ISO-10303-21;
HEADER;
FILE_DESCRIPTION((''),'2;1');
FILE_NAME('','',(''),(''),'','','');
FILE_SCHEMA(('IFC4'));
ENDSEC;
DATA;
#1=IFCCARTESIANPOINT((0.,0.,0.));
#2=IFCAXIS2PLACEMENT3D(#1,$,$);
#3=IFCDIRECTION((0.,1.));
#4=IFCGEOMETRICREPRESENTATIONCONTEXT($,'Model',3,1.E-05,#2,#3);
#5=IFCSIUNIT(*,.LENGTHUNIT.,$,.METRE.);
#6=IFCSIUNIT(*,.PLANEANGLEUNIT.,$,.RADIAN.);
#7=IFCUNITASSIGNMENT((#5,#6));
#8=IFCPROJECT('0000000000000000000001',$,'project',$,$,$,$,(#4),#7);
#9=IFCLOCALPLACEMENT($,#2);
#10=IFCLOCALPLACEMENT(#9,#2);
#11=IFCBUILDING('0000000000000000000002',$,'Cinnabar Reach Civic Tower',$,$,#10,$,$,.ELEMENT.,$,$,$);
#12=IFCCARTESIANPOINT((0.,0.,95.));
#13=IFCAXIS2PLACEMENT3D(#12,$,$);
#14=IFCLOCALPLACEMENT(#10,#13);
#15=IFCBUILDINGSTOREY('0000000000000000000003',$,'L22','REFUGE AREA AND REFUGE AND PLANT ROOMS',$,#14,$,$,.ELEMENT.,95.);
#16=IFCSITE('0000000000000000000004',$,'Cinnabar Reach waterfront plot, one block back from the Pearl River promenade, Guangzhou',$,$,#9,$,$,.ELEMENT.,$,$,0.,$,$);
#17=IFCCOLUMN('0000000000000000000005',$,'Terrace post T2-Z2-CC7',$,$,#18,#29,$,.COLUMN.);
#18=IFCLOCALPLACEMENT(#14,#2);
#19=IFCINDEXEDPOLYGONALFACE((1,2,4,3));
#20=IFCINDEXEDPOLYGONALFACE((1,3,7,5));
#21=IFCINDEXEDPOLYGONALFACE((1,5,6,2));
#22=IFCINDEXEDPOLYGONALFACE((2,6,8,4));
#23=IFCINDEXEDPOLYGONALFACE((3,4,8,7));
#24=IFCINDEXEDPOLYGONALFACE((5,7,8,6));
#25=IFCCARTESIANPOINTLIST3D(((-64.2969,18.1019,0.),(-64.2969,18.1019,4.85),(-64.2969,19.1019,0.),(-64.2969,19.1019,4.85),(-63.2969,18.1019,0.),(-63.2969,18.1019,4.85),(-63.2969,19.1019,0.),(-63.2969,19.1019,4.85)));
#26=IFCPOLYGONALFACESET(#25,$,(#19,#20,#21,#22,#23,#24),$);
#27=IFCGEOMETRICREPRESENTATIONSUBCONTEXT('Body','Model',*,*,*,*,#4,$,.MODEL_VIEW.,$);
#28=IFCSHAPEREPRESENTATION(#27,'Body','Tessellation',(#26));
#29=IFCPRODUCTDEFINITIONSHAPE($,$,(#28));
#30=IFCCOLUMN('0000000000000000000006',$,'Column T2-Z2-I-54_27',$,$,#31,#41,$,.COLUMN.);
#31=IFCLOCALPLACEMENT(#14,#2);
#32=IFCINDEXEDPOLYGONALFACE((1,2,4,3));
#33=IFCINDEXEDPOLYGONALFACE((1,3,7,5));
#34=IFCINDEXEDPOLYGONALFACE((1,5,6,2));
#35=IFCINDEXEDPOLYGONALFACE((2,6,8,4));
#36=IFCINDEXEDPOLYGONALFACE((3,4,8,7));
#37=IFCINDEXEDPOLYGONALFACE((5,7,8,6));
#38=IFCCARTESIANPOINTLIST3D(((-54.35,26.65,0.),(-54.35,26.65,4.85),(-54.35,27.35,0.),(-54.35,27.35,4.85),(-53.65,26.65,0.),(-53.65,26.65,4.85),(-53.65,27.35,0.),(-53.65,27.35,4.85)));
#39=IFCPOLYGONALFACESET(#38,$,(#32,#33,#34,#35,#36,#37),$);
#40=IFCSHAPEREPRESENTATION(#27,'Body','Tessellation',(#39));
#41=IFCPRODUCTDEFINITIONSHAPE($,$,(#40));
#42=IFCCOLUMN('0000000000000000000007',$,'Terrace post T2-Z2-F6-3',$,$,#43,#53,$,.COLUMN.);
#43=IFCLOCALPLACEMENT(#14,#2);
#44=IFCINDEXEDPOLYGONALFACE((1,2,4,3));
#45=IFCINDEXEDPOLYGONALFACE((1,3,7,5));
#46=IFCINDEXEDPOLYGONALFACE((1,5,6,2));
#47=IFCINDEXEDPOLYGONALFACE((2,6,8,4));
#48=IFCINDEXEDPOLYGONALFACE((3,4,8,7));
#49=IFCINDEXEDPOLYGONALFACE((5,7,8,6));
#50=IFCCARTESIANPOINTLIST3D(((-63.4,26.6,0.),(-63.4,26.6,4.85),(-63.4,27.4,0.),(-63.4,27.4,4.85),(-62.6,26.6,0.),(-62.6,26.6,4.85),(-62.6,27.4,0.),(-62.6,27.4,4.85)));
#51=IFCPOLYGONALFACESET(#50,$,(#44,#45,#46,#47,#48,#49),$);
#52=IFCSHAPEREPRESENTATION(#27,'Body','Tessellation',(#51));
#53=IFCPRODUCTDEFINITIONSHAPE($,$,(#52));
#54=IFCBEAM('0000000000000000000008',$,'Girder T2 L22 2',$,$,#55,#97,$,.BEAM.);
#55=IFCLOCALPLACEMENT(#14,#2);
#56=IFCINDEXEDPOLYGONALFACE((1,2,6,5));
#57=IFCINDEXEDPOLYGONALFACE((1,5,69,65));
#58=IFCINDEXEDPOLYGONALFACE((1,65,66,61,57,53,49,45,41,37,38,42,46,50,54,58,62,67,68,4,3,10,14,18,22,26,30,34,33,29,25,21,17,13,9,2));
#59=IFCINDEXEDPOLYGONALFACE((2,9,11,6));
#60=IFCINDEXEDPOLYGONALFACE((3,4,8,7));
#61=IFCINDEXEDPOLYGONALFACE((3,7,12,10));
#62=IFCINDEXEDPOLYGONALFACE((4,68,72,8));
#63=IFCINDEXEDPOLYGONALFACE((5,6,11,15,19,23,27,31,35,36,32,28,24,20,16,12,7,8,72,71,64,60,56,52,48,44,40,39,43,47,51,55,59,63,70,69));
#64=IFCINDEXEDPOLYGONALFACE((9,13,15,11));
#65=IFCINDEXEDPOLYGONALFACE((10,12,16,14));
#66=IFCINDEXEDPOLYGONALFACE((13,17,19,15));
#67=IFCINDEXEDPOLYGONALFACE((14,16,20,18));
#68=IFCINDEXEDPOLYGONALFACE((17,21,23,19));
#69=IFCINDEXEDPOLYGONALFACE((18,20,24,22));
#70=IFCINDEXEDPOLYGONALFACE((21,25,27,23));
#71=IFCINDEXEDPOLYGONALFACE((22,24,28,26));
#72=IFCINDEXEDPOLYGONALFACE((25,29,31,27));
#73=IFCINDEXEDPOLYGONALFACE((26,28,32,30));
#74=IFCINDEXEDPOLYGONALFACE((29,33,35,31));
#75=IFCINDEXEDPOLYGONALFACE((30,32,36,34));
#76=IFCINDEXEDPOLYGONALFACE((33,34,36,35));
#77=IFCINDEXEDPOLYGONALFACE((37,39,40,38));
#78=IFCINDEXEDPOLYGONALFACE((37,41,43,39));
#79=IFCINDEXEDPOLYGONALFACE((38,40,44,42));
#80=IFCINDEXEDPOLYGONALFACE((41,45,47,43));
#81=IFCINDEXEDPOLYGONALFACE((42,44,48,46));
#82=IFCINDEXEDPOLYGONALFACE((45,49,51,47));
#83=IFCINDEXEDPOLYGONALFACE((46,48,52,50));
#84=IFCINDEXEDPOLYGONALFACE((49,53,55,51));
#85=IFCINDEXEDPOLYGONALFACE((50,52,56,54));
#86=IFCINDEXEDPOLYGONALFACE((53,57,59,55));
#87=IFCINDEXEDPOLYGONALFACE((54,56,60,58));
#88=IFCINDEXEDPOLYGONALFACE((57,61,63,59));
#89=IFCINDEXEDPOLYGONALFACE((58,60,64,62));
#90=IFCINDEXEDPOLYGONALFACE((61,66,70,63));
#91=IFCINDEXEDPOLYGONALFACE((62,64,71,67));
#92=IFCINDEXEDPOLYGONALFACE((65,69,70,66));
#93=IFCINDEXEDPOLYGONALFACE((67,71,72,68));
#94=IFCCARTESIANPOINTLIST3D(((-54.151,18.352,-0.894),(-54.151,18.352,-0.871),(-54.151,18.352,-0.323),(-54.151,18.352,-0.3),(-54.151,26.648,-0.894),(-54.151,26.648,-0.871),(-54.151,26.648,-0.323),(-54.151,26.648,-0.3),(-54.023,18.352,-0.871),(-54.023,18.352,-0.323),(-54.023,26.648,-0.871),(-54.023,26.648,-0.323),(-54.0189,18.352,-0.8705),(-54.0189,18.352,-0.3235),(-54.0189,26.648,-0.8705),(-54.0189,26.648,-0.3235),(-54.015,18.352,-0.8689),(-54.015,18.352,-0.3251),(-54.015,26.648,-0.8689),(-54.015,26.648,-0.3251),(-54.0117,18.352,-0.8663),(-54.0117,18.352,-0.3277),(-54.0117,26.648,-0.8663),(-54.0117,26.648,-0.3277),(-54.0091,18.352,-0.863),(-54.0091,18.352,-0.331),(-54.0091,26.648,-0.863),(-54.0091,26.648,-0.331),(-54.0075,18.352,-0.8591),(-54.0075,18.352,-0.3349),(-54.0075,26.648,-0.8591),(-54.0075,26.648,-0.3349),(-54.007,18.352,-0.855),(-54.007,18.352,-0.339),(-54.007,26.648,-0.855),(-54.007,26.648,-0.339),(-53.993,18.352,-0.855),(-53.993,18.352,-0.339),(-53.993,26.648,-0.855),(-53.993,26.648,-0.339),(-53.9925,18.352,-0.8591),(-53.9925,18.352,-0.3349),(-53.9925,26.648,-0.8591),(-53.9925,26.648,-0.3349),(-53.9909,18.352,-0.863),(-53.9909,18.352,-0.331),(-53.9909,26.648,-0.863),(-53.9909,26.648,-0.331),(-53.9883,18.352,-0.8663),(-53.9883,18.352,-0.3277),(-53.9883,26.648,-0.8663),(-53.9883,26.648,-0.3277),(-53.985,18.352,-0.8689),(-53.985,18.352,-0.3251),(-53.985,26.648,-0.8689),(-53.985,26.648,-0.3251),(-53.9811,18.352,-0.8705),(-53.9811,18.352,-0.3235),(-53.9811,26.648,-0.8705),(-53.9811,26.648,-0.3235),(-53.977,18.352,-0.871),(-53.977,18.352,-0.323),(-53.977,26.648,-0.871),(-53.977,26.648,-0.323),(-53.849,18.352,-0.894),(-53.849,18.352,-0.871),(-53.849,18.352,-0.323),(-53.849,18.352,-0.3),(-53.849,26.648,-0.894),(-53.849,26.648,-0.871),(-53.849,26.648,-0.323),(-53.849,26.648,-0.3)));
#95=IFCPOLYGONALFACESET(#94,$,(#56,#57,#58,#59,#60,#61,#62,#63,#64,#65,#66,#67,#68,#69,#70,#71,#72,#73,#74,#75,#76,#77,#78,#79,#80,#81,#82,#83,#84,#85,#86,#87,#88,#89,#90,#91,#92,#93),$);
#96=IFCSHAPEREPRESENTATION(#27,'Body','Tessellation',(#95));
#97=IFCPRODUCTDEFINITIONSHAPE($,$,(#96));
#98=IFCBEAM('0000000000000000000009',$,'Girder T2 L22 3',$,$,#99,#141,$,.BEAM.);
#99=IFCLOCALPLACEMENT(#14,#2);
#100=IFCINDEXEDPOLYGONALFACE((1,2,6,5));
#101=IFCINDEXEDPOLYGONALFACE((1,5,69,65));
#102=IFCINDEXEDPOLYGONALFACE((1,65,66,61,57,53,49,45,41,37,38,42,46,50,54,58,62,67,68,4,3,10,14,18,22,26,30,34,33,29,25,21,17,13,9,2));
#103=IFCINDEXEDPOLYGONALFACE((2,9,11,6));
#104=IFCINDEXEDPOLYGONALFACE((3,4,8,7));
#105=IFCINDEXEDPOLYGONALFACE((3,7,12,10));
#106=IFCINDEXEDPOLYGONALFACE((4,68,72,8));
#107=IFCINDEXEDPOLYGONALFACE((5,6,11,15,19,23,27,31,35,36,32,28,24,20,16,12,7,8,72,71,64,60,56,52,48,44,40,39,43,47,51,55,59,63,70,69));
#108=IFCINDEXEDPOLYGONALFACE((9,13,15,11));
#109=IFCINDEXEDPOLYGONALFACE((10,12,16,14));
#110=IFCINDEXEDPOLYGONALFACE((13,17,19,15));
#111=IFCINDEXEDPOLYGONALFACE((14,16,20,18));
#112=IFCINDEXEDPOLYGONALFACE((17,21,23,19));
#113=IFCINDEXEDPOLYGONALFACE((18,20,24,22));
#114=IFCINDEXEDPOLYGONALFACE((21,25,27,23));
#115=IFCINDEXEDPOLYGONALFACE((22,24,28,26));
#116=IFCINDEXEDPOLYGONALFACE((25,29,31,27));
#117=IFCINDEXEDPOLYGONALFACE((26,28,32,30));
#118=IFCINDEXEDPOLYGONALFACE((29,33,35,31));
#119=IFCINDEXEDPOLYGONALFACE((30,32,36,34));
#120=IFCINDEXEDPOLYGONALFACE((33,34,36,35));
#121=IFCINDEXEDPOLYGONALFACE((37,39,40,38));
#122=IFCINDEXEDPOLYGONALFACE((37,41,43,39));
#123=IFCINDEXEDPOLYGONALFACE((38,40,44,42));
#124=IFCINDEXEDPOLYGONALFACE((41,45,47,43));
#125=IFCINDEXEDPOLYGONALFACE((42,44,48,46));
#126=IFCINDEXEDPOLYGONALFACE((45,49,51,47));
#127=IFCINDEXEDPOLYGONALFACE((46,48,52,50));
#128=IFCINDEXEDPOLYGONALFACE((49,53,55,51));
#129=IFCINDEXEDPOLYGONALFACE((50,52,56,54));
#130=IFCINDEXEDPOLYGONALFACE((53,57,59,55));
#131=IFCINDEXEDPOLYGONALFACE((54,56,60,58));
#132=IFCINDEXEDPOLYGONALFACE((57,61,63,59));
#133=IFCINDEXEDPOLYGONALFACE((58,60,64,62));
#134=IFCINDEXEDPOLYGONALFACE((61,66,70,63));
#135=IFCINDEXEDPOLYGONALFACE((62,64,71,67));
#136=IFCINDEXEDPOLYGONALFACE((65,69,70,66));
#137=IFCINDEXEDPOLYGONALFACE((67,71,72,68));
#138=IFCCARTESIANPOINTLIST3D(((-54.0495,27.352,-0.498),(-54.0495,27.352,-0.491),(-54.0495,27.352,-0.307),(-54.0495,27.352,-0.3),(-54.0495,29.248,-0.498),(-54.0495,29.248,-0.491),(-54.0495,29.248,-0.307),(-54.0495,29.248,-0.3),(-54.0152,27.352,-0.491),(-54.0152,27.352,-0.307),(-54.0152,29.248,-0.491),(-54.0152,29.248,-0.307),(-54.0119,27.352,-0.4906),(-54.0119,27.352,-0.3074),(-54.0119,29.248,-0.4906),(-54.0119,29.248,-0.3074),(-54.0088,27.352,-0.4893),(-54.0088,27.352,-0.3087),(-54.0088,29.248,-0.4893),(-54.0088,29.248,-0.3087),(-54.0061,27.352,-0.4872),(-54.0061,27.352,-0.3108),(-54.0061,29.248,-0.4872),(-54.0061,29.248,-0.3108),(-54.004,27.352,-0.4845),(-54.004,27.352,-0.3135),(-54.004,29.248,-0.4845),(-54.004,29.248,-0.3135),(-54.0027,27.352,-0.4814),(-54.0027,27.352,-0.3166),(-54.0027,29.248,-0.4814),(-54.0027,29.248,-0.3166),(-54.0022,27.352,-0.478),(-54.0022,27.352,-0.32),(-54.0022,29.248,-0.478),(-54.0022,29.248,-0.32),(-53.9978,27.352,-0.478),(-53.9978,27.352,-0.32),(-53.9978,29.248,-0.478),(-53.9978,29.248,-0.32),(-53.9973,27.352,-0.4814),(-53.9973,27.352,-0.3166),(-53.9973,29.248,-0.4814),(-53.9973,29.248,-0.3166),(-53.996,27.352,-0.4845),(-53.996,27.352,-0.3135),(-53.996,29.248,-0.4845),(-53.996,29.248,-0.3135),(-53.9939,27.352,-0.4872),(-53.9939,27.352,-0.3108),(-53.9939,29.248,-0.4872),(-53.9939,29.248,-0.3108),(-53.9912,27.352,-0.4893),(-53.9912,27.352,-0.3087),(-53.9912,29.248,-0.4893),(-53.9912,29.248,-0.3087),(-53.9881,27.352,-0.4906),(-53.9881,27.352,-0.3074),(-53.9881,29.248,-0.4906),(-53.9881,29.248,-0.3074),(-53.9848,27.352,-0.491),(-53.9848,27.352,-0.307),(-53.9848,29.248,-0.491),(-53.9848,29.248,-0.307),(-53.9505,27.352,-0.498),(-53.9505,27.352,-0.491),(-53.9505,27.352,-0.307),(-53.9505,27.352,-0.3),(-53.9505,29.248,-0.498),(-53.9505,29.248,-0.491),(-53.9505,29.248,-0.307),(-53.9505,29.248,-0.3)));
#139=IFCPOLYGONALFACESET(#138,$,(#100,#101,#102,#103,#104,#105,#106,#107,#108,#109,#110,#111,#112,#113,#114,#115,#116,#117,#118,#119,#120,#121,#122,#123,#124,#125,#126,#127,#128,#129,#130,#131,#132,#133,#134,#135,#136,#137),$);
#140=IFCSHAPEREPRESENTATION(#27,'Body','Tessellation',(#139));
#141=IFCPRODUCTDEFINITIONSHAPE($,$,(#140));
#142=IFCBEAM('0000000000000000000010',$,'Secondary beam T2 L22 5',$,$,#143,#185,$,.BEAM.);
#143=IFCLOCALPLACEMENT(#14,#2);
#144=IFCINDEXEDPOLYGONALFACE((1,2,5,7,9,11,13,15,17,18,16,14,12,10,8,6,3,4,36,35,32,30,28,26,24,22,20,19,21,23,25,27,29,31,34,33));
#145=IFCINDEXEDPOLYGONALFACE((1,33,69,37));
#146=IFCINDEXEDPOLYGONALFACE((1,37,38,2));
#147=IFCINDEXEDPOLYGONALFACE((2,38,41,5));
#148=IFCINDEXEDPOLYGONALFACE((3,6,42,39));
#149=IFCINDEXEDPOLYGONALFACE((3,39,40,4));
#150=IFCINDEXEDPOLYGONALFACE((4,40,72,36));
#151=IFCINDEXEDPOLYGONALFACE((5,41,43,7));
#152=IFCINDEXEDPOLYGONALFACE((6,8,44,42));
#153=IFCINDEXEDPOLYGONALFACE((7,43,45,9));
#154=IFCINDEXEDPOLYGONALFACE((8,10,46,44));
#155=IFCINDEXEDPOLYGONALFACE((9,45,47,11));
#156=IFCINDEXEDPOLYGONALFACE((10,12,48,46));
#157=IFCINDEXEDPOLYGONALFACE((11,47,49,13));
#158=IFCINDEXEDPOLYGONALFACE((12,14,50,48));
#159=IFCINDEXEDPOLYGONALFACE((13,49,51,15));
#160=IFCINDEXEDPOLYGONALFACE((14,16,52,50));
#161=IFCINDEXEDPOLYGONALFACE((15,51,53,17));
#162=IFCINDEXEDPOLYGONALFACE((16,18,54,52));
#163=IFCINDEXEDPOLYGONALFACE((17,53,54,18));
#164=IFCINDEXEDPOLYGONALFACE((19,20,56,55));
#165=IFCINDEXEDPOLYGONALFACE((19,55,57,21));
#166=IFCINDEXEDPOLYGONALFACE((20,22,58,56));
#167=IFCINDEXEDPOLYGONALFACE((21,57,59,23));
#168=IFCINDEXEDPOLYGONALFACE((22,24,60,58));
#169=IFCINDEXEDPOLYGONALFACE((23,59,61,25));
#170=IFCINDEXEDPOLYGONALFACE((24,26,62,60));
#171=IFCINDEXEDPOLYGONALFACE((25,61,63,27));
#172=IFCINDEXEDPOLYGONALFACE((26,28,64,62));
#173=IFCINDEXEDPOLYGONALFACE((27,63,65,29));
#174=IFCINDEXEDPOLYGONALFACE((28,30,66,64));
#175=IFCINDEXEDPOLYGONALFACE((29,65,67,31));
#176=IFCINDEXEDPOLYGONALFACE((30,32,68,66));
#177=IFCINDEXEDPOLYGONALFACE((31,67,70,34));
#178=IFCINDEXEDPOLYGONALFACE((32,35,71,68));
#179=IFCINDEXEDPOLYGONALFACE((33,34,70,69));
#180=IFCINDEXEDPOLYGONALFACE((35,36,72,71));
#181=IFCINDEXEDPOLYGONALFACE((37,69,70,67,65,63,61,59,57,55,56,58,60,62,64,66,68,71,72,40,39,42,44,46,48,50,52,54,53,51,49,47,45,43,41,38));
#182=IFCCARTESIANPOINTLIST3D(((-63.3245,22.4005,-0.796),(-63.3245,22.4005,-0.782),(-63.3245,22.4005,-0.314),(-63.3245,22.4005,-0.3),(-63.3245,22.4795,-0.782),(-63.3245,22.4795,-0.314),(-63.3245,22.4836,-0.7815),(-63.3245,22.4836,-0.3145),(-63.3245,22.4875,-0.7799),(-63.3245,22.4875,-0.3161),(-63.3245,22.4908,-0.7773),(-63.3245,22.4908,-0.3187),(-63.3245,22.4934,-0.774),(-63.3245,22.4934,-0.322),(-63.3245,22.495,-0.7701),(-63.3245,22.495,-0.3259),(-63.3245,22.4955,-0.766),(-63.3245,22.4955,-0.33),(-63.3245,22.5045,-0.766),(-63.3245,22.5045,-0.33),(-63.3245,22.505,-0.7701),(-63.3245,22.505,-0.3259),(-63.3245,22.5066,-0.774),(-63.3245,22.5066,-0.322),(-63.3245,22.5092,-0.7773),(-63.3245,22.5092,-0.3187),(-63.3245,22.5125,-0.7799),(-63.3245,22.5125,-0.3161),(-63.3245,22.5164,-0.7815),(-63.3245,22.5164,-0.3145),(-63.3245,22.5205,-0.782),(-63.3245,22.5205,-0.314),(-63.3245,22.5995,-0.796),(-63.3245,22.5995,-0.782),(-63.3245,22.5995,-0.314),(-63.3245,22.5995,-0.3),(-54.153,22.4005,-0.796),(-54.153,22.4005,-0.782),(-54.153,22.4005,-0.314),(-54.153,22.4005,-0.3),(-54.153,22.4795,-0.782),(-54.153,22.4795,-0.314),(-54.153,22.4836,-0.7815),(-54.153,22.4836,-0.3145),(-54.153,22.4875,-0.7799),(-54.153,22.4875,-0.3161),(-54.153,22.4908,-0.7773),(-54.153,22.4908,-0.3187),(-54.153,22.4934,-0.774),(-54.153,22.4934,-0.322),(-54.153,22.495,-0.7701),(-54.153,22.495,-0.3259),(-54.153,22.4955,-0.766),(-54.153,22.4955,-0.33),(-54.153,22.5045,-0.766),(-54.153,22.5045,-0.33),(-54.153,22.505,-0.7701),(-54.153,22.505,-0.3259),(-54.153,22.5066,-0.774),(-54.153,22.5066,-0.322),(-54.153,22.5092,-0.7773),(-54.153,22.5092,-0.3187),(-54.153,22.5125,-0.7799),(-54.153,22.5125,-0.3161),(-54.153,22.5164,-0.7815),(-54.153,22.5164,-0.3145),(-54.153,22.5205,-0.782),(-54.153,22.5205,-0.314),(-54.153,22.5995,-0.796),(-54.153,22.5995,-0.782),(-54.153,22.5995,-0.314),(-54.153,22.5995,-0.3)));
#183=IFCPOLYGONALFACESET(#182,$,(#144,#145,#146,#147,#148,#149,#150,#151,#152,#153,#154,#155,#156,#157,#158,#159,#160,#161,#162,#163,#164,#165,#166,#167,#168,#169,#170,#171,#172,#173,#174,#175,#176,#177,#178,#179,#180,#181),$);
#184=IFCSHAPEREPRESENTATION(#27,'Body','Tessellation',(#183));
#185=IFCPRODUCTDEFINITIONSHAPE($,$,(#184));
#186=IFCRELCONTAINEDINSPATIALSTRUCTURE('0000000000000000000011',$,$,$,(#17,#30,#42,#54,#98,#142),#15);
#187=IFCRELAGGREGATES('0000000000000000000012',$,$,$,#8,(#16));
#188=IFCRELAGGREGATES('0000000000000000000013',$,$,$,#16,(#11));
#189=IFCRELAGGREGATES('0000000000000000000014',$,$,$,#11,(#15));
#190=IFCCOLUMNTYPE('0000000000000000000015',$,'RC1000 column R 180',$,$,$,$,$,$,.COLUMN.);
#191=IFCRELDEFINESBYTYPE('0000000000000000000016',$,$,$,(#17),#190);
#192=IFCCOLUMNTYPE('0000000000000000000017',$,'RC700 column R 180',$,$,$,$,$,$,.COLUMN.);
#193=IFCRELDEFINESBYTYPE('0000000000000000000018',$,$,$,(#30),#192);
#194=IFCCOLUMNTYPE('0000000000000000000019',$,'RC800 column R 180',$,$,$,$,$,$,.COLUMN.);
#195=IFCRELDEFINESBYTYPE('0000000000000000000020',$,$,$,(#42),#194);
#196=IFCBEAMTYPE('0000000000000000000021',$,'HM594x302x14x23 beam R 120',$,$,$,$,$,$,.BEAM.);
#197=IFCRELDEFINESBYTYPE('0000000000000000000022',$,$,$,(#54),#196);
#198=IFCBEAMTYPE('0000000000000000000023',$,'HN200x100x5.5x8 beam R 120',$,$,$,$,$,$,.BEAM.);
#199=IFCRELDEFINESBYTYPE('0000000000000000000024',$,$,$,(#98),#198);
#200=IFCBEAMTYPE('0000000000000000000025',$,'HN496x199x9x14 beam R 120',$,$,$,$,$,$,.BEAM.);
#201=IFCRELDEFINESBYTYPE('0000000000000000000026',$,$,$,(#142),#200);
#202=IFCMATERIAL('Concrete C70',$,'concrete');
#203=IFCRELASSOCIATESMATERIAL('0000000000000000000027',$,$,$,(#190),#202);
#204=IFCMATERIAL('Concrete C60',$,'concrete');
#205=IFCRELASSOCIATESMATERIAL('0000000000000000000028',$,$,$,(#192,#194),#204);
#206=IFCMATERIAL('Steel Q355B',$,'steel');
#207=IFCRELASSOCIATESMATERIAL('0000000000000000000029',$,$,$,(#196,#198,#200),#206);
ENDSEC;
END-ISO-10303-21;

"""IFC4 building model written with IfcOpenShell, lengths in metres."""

from ifc_helpers import new_model, si_unit, direction, frame, origin, origin_2d, place, context, subcontext, project, spatial, rectangle, i_section, extrude, material, material_profile, profile_set, type_object, element, save


model = new_model("IFC4")

# Units and contexts
model_context = context("Model", 3, precision=1e-05, world=origin(), true_north=direction((0.0, 1.0)))
body_context = subcontext(model_context, "Body", "Model", "MODEL_VIEW")
ifc_project = project(units=[si_unit("LENGTHUNIT", "METRE"), si_unit("PLANEANGLEUNIT", "RADIAN")], contexts=[model_context])

# Site, building, storey
site_placement = place(None, origin())
site = spatial("IfcSite", under=ifc_project, at=site_placement, Name="Cinnabar Reach waterfront plot, one block back from the Pearl River promenade, Guangzhou", CompositionType="ELEMENT", RefElevation=0.0)
building_placement = place(site_placement, origin())
building = spatial("IfcBuilding", under=site, at=building_placement, Name="Cinnabar Reach Civic Tower", CompositionType="ELEMENT")
storey_placement = place(building_placement, frame((0.0, 0.0, 95.0)))
storey = spatial("IfcBuildingStorey", under=building, at=storey_placement, Name="L22", Description="REFUGE AREA AND REFUGE AND PLANT ROOMS", CompositionType="ELEMENT", Elevation=95.0)

# Columns
ifc_material_1 = material(Name="Concrete C70", Category="concrete")
ifc_material_profile_1 = material_profile(ifc_material_1, rectangle(XDim=1.0, YDim=1.0, at=origin_2d()), Name="RC1000")
ifc_profile_set_1 = profile_set([ifc_material_profile_1], Name="Concrete C70")
column_type_1 = type_object("IfcColumnType", Name="RC1000 column R 180", PredefinedType="COLUMN", material=ifc_profile_set_1)
column_1_placement = place(storey_placement, frame((-63.7969, 18.6019, 0.0), z_axis=(0.0, 0.0, 1.0), x_axis=(1.0, 0.0, 0.0)))
element("IfcColumn", 1, at=column_1_placement, inside=storey, type_object=column_type_1, Name="Terrace post T2-Z2-CC7", PredefinedType="COLUMN", context=body_context, shape_type="SweptSolid", body=[
    extrude(rectangle(XDim=1.0, YDim=1.0, at=origin_2d()), origin(), (0.0, 0.0, 1.0), 4.85),
])
ifc_material_2 = material(Name="Concrete C60", Category="concrete")
ifc_material_profile_2 = material_profile(ifc_material_2, rectangle(XDim=0.7, YDim=0.7, at=origin_2d()), Name="RC700")
ifc_profile_set_2 = profile_set([ifc_material_profile_2], Name="Concrete C60")
column_type_2 = type_object("IfcColumnType", Name="RC700 column R 180", PredefinedType="COLUMN", material=ifc_profile_set_2)
column_2_placement = place(storey_placement, frame((-54.0, 27.0, 0.0), z_axis=(0.0, 0.0, 1.0), x_axis=(1.0, 0.0, 0.0)))
element("IfcColumn", 2, at=column_2_placement, inside=storey, type_object=column_type_2, Name="Column T2-Z2-I-54_27", PredefinedType="COLUMN", context=body_context, shape_type="SweptSolid", body=[
    extrude(rectangle(XDim=0.7, YDim=0.7, at=origin_2d()), origin(), (0.0, 0.0, 1.0), 4.85),
])
ifc_material_profile_3 = material_profile(ifc_material_2, rectangle(XDim=0.8, YDim=0.8, at=origin_2d()), Name="RC800")
ifc_profile_set_3 = profile_set([ifc_material_profile_3], Name="Concrete C60")
column_type_3 = type_object("IfcColumnType", Name="RC800 column R 180", PredefinedType="COLUMN", material=ifc_profile_set_3)
column_3_placement = place(storey_placement, frame((-63.0, 27.0, 0.0), z_axis=(0.0, 0.0, 1.0), x_axis=(1.0, 0.0, 0.0)))
element("IfcColumn", 3, at=column_3_placement, inside=storey, type_object=column_type_3, Name="Terrace post T2-Z2-F6-3", PredefinedType="COLUMN", context=body_context, shape_type="SweptSolid", body=[
    extrude(rectangle(XDim=0.8, YDim=0.8, at=origin_2d()), origin(), (0.0, 0.0, 1.0), 4.85),
])

# Beams
ifc_material_3 = material(Name="Steel Q355B", Category="steel")
ifc_material_profile_4 = material_profile(ifc_material_3, i_section(OverallWidth=0.302, OverallDepth=0.594, WebThickness=0.014, FlangeThickness=0.023, FilletRadius=0.016, at=origin_2d()), Name="HM594x302x14x23")
ifc_profile_set_4 = profile_set([ifc_material_profile_4], Name="Steel Q355B")
beam_type_1 = type_object("IfcBeamType", Name="HM594x302x14x23 beam R 120", PredefinedType="BEAM", material=ifc_profile_set_4)
beam_1_placement = place(storey_placement, frame((-54.0, 18.352, -0.597), z_axis=(0.0, 1.0, 0.0), x_axis=(-1.0, 0.0, 0.0)))
element("IfcBeam", 4, at=beam_1_placement, inside=storey, type_object=beam_type_1, Name="Girder T2 L22 2", PredefinedType="BEAM", context=body_context, shape_type="SweptSolid", body=[
    extrude(i_section(OverallWidth=0.302, OverallDepth=0.594, WebThickness=0.014, FlangeThickness=0.023, FilletRadius=0.016, at=origin_2d()), origin(), (0.0, 0.0, 1.0), 8.296),
])
ifc_material_profile_5 = material_profile(ifc_material_3, i_section(OverallWidth=0.099, OverallDepth=0.198, WebThickness=0.0045, FlangeThickness=0.007, FilletRadius=0.013, at=origin_2d()), Name="HN200x100x5.5x8")
ifc_profile_set_5 = profile_set([ifc_material_profile_5], Name="Steel Q355B")
beam_type_2 = type_object("IfcBeamType", Name="HN200x100x5.5x8 beam R 120", PredefinedType="BEAM", material=ifc_profile_set_5)
beam_2_placement = place(storey_placement, frame((-54.0, 27.352, -0.399), z_axis=(0.0, 1.0, 0.0), x_axis=(-1.0, 0.0, 0.0)))
element("IfcBeam", 5, at=beam_2_placement, inside=storey, type_object=beam_type_2, Name="Girder T2 L22 3", PredefinedType="BEAM", context=body_context, shape_type="SweptSolid", body=[
    extrude(i_section(OverallWidth=0.099, OverallDepth=0.198, WebThickness=0.0045, FlangeThickness=0.007, FilletRadius=0.013, at=origin_2d()), origin(), (0.0, 0.0, 1.0), 1.896),
])
ifc_material_profile_6 = material_profile(ifc_material_3, i_section(OverallWidth=0.199, OverallDepth=0.496, WebThickness=0.009, FlangeThickness=0.014, FilletRadius=0.016, at=origin_2d()), Name="HN496x199x9x14")
ifc_profile_set_6 = profile_set([ifc_material_profile_6], Name="Steel Q355B")
beam_type_3 = type_object("IfcBeamType", Name="HN496x199x9x14 beam R 120", PredefinedType="BEAM", material=ifc_profile_set_6)
beam_3_placement = place(storey_placement, frame((-63.3245, 22.5, -0.548), z_axis=(1.0, 0.0, 0.0), x_axis=(0.0, 1.0, 0.0)))
element("IfcBeam", 6, at=beam_3_placement, inside=storey, type_object=beam_type_3, Name="Secondary beam T2 L22 5", PredefinedType="BEAM", context=body_context, shape_type="SweptSolid", body=[
    extrude(i_section(OverallWidth=0.199, OverallDepth=0.496, WebThickness=0.009, FlangeThickness=0.014, FilletRadius=0.016, at=origin_2d()), origin(), (0.0, 0.0, 1.0), 9.1715),
])

save(model, "model.ifc")
